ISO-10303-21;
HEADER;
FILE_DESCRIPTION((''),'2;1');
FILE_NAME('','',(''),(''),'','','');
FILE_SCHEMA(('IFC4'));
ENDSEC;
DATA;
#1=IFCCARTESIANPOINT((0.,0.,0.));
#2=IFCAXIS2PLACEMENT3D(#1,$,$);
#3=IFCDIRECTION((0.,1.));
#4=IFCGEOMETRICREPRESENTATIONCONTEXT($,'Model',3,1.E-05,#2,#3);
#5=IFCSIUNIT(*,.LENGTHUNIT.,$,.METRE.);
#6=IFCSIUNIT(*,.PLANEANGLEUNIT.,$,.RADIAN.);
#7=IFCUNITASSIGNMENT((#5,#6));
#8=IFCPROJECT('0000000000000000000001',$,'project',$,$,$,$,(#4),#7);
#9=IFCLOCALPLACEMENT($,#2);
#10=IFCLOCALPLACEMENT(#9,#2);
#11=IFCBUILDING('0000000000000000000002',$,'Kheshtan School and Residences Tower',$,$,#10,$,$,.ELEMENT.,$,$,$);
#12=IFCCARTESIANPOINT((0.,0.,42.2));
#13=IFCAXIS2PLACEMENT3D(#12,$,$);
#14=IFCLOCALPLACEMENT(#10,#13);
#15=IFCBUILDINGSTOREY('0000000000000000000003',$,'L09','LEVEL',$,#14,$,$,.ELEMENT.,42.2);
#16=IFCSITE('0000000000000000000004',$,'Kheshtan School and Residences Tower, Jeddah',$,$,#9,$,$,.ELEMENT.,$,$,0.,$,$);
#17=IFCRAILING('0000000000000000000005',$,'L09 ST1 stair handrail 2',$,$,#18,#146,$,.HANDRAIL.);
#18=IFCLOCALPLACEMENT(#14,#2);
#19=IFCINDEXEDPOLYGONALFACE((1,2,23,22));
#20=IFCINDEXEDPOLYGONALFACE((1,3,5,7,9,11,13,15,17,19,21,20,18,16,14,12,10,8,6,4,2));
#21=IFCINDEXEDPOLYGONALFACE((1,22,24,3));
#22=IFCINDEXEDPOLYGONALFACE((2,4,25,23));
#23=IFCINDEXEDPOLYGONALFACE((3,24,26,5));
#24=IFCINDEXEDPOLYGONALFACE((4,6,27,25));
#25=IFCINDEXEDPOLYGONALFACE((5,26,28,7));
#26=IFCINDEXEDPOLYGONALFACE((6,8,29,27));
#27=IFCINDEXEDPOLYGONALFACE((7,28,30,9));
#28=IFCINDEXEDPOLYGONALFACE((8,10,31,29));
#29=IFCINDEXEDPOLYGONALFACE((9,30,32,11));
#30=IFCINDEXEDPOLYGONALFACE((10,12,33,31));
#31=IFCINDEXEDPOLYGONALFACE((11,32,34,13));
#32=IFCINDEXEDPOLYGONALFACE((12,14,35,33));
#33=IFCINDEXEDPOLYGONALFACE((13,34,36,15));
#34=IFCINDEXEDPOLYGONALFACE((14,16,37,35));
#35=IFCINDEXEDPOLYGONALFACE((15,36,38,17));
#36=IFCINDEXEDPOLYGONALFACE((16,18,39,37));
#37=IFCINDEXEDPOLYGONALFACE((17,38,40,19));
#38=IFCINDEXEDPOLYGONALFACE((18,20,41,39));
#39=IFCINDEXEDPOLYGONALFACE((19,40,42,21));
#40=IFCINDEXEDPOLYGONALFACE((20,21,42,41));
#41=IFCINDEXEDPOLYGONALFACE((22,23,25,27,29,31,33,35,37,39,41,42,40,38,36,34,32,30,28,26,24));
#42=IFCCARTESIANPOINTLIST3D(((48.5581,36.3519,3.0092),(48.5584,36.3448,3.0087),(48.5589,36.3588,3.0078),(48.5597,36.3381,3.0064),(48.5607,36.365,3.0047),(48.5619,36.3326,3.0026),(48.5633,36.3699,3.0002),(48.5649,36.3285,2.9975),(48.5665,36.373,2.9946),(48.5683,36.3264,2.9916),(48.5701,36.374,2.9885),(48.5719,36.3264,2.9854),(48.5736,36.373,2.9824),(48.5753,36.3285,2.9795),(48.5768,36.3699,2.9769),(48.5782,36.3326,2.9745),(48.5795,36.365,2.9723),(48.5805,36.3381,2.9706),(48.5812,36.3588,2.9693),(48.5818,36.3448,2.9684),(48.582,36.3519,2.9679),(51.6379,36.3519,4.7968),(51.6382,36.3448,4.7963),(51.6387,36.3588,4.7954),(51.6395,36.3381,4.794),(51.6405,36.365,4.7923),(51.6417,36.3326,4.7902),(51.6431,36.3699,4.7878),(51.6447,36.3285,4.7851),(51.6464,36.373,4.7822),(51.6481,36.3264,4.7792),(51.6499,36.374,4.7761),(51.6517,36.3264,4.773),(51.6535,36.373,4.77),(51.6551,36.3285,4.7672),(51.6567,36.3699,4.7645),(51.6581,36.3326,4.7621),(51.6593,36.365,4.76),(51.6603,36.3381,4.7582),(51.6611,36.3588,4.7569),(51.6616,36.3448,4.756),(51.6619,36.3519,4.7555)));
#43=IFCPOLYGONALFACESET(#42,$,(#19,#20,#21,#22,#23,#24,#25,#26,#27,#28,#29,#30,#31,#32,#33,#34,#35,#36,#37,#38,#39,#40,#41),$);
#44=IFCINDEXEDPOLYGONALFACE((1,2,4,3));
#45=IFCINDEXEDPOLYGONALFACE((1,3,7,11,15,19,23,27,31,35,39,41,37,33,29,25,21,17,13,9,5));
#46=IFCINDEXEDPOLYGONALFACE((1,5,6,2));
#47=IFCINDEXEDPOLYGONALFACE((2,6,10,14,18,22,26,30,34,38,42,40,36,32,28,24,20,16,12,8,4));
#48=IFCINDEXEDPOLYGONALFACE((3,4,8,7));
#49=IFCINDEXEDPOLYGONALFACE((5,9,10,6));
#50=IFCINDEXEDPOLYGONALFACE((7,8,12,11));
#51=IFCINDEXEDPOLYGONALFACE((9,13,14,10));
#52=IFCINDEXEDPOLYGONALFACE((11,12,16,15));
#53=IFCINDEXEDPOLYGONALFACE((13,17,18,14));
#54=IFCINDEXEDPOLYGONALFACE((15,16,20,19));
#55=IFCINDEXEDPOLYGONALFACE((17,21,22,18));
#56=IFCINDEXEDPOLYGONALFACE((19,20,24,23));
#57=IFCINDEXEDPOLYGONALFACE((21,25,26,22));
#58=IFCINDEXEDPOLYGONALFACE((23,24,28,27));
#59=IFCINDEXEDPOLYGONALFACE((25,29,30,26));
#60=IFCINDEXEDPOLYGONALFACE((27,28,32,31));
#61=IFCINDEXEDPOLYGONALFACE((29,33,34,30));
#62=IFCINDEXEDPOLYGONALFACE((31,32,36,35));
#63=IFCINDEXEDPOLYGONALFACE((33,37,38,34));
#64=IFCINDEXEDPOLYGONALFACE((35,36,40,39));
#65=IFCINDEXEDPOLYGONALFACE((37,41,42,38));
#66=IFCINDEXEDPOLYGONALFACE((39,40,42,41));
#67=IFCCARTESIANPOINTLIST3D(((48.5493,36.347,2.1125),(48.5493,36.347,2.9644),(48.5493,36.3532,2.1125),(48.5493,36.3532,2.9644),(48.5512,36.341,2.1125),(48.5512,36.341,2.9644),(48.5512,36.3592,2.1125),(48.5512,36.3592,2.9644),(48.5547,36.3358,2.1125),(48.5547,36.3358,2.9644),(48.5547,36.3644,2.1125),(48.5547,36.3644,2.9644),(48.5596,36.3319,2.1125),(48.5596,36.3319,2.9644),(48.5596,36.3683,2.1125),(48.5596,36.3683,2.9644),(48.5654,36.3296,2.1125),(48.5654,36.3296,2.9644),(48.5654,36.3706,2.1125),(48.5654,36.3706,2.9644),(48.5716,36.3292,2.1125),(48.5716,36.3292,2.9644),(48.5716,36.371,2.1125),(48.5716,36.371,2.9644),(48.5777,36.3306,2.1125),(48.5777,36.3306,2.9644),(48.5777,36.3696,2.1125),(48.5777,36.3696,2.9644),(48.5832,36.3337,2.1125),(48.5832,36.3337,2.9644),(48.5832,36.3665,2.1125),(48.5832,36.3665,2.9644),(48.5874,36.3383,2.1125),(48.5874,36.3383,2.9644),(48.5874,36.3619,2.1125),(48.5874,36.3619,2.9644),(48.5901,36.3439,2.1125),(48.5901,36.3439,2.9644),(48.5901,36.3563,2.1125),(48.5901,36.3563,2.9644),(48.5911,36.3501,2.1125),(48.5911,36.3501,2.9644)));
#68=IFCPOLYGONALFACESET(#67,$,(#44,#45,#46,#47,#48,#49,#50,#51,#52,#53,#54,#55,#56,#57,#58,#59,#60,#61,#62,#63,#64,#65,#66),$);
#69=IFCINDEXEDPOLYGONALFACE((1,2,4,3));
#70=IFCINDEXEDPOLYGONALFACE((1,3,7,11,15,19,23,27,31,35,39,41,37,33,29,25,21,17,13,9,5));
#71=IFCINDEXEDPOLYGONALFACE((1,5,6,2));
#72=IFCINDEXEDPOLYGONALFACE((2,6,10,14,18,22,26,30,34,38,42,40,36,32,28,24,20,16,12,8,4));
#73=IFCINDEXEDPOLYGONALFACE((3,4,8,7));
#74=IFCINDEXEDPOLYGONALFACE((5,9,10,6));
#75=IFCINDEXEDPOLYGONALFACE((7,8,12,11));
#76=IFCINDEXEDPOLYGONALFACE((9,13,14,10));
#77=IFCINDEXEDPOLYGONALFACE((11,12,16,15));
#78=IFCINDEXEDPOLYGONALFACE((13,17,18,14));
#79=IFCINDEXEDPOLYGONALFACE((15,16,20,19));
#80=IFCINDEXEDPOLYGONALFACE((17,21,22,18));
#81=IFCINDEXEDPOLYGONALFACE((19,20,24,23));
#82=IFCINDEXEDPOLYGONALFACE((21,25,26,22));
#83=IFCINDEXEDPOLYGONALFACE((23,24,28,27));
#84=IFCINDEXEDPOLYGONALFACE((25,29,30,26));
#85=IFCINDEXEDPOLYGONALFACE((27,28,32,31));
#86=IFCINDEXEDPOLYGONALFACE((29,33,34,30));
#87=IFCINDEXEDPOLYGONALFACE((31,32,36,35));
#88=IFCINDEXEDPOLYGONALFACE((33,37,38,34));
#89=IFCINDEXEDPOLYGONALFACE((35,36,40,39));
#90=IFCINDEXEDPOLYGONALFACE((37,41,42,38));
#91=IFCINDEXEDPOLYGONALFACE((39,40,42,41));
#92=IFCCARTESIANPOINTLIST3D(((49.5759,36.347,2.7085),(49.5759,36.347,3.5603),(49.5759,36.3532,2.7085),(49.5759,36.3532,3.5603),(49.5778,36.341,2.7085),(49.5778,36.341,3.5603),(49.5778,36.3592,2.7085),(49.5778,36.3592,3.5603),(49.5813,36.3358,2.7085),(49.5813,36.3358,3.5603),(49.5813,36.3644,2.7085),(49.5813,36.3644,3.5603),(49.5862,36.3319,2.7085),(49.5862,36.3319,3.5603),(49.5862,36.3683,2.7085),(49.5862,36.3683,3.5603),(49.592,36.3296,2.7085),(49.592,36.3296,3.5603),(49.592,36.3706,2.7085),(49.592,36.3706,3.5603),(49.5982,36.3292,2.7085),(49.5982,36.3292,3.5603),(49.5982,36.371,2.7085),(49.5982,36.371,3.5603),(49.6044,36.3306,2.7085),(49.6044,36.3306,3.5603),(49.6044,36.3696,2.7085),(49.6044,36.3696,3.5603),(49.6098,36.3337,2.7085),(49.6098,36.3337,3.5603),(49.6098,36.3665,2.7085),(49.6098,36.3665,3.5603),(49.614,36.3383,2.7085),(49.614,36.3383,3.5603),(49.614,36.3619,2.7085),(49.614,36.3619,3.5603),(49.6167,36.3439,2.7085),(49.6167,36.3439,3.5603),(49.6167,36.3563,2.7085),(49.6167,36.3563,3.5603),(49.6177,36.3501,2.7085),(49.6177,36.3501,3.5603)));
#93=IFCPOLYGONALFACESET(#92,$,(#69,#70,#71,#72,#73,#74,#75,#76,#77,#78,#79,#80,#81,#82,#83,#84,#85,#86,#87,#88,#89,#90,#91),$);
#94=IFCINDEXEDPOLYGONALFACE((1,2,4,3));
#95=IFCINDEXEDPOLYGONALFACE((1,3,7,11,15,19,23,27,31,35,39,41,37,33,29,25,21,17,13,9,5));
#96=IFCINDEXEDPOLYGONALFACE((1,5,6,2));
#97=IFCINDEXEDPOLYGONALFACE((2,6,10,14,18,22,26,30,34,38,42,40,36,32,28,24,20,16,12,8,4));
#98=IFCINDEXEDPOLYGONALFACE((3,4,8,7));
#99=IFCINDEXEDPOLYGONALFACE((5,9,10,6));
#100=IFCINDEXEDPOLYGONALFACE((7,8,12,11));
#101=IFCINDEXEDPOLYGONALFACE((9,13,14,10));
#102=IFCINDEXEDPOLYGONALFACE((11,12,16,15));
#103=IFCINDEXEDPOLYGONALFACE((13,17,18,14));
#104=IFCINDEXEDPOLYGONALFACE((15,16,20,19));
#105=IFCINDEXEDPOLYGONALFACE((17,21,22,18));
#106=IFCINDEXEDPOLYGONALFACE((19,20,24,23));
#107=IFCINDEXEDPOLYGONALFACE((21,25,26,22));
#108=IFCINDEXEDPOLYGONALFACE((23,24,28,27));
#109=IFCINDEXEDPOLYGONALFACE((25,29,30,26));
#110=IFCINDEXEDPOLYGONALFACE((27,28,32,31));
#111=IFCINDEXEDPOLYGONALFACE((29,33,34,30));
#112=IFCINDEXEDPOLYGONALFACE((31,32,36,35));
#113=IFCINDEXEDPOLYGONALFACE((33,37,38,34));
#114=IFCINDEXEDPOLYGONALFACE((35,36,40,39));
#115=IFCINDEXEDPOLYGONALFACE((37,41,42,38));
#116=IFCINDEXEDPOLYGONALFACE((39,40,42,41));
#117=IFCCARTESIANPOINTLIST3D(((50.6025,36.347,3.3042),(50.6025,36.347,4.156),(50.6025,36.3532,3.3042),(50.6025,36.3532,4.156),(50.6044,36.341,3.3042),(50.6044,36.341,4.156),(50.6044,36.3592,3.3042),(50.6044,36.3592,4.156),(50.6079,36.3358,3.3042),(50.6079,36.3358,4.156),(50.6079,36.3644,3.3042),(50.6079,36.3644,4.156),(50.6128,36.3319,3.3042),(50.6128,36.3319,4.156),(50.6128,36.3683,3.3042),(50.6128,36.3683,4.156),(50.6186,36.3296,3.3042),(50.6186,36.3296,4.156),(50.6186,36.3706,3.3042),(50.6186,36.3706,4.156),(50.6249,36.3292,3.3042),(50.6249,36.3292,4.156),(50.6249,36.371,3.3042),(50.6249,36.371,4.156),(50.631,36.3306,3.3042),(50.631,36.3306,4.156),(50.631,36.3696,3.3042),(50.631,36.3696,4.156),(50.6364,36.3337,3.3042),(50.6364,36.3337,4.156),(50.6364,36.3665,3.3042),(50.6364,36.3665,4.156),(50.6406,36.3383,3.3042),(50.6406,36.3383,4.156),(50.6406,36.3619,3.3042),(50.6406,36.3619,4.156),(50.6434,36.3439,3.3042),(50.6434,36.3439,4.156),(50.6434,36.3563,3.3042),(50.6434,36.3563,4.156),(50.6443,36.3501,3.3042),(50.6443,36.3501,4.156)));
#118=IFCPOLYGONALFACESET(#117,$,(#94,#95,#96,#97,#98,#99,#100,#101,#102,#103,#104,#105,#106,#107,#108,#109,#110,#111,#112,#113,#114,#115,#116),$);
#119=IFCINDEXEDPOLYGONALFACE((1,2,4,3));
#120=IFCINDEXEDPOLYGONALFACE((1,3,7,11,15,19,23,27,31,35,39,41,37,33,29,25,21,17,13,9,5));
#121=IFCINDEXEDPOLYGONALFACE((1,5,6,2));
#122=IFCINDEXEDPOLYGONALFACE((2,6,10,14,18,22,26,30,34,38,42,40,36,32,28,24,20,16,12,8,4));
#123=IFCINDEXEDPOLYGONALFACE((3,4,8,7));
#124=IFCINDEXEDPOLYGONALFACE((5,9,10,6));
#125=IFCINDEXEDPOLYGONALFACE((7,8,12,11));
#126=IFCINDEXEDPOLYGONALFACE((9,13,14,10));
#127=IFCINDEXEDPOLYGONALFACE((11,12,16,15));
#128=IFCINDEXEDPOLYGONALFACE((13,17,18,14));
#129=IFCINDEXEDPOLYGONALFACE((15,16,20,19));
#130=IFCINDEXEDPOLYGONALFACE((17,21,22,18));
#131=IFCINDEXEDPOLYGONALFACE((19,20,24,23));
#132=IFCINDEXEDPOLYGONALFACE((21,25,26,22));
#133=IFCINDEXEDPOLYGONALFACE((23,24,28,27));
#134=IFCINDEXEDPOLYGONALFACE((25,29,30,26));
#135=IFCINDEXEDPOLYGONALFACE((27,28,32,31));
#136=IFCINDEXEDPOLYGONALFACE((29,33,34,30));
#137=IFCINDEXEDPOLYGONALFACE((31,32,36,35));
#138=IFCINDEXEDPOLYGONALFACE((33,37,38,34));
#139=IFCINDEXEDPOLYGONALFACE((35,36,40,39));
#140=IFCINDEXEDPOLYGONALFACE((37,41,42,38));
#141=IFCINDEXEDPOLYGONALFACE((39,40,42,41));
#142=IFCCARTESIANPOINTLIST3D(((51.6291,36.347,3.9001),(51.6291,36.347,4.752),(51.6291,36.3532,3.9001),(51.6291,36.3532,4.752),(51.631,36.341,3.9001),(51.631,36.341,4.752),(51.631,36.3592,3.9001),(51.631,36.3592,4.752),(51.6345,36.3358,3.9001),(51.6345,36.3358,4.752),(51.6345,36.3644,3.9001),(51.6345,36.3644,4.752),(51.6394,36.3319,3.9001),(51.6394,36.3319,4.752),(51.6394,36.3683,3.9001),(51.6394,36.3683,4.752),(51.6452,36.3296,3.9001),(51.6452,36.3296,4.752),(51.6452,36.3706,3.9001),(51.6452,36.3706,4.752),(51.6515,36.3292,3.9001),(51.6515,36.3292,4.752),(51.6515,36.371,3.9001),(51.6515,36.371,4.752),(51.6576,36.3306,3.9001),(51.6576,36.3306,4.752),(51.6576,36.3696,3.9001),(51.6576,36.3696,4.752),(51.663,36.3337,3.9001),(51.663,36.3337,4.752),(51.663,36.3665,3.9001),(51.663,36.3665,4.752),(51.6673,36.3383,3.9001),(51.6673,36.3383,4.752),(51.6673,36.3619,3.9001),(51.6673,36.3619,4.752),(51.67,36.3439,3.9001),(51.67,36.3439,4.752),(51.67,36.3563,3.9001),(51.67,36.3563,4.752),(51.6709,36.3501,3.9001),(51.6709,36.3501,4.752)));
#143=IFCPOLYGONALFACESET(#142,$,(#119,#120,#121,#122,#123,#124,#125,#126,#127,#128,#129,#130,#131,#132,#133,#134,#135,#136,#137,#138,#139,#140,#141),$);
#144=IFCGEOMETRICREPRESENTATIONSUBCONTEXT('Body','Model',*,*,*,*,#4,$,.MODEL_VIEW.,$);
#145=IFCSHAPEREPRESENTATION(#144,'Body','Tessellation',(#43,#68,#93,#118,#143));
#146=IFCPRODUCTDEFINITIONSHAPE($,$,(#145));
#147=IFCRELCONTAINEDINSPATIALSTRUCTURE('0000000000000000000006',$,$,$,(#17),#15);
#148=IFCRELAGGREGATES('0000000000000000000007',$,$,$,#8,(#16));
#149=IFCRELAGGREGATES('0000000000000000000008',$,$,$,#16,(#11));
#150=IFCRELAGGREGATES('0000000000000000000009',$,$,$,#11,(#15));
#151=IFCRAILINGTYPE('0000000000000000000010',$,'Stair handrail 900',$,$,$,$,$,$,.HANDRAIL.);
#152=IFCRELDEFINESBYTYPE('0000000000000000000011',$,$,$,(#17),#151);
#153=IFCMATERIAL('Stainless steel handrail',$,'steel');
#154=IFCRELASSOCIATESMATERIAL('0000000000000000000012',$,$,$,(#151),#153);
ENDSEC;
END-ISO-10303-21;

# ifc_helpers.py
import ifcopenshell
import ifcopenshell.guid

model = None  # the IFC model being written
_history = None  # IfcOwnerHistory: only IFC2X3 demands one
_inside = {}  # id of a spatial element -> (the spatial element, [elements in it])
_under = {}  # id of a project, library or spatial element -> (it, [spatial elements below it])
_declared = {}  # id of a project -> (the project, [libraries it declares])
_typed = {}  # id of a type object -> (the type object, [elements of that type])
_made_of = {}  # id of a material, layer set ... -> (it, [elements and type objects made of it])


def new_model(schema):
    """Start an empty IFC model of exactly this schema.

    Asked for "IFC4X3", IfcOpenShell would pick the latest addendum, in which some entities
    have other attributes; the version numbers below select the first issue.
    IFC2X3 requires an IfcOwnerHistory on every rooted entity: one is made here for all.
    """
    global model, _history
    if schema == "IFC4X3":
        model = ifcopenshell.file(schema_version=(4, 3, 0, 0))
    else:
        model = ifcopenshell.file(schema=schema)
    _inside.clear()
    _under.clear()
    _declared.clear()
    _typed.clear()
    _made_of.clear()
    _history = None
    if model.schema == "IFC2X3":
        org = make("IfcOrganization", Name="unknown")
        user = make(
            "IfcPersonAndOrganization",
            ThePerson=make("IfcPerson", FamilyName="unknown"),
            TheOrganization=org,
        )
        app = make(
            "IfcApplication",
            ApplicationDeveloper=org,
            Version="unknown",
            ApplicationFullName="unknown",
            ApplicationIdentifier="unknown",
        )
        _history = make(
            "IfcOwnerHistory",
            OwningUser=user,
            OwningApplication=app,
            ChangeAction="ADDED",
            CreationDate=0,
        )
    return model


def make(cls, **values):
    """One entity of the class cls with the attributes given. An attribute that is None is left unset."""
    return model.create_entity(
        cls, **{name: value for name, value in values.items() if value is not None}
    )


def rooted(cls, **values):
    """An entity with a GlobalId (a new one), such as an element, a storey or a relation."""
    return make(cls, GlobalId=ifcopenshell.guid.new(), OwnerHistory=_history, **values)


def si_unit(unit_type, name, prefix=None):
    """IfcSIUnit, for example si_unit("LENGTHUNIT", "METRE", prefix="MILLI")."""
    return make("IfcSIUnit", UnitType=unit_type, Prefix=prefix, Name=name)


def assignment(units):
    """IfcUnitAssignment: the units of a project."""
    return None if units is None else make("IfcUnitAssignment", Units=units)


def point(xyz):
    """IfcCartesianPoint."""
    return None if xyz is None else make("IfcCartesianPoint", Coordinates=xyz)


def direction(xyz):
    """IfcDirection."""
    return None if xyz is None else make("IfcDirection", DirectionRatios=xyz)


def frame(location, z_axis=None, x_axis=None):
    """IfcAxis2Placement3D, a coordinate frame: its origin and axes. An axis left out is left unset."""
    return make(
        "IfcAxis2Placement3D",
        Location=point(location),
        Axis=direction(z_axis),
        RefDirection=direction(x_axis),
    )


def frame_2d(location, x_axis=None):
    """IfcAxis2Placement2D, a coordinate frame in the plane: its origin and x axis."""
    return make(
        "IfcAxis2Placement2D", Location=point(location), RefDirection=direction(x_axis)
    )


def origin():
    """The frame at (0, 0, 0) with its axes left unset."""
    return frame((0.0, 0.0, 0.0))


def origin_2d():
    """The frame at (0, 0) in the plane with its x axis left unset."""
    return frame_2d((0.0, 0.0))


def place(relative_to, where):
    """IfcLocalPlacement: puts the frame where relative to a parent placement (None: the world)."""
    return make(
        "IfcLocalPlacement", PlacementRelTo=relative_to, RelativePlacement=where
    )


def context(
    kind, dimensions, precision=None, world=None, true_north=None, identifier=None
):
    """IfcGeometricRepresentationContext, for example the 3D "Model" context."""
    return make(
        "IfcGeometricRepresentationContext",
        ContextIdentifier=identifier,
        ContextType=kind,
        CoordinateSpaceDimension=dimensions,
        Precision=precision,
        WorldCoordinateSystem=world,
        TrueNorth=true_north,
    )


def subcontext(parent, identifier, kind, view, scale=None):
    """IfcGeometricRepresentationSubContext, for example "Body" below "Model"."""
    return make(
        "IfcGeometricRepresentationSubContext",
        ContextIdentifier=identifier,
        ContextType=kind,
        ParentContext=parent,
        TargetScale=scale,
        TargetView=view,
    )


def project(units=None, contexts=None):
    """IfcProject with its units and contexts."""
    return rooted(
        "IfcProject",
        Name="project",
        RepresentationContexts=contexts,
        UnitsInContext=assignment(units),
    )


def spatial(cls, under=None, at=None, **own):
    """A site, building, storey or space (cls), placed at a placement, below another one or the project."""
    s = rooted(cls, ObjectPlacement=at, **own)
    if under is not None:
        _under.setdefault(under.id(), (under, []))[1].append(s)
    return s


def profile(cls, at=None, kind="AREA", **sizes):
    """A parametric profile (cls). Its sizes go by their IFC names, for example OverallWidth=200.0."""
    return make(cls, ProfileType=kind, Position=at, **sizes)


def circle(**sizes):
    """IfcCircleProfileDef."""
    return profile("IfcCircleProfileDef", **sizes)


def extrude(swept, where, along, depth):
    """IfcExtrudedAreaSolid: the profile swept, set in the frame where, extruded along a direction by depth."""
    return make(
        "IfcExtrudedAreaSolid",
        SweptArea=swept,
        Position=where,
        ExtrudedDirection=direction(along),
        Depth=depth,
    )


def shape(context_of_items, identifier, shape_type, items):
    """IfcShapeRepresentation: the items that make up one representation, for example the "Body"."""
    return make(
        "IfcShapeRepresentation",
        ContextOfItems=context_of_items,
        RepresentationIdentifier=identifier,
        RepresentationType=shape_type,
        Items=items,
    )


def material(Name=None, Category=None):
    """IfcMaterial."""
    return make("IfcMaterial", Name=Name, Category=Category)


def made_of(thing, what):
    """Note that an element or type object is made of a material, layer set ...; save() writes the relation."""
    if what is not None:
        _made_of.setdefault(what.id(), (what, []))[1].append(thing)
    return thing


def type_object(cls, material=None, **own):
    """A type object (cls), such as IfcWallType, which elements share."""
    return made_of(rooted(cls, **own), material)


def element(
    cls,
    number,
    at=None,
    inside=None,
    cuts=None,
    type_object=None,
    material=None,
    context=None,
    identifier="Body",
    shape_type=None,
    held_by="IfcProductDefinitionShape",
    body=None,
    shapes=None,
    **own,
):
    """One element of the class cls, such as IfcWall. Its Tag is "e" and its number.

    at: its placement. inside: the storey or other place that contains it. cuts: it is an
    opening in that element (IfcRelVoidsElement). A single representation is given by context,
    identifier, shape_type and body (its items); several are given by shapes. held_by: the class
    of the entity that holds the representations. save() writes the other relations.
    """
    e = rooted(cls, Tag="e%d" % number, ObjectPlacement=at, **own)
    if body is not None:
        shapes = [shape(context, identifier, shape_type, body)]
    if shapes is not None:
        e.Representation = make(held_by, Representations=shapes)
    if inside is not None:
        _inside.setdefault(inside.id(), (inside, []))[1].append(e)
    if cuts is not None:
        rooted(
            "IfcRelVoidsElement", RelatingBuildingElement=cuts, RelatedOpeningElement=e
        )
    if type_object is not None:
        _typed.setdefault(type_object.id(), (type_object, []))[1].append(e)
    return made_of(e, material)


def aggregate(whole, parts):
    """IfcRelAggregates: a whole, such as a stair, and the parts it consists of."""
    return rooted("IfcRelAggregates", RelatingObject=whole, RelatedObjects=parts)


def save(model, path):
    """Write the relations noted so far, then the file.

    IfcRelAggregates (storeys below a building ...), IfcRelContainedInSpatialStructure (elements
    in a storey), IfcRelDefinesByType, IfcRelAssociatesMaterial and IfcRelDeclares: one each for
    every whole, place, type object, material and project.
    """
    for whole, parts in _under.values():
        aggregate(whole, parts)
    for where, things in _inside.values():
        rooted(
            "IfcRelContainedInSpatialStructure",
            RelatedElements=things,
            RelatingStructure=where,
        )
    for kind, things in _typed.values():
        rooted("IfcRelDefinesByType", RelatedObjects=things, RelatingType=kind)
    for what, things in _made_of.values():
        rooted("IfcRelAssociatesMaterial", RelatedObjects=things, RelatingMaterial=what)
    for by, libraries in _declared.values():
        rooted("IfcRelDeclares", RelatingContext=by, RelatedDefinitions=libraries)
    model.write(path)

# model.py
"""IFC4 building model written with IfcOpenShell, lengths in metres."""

from ifc_helpers import new_model, si_unit, direction, frame, origin, origin_2d, place, context, subcontext, project, spatial, circle, extrude, material, type_object, element, save


model = new_model("IFC4")

# Units and contexts
model_context = context("Model", 3, precision=1e-05, world=origin(), true_north=direction((0.0, 1.0)))
body_context = subcontext(model_context, "Body", "Model", "MODEL_VIEW")
ifc_project = project(units=[si_unit("LENGTHUNIT", "METRE"), si_unit("PLANEANGLEUNIT", "RADIAN")], contexts=[model_context])

# Site, building, storey
site_placement = place(None, origin())
site = spatial("IfcSite", under=ifc_project, at=site_placement, Name="Kheshtan School and Residences Tower, Jeddah", CompositionType="ELEMENT", RefElevation=0.0)
building_placement = place(site_placement, origin())
building = spatial("IfcBuilding", under=site, at=building_placement, Name="Kheshtan School and Residences Tower", CompositionType="ELEMENT")
storey_placement = place(building_placement, frame((0.0, 0.0, 42.2)))
storey = spatial("IfcBuildingStorey", under=building, at=storey_placement, Name="L09", Description="LEVEL", CompositionType="ELEMENT", Elevation=42.2)

# Railing
ifc_material_1 = material(Name="Stainless steel handrail", Category="steel")
railing_type = type_object("IfcRailingType", Name="Stair handrail 900", PredefinedType="HANDRAIL", material=ifc_material_1)
railing_placement = place(storey_placement, frame((48.5701, 36.3501, 2.1125)))
element("IfcRailing", 1, at=railing_placement, inside=storey, type_object=railing_type, Name="L09 ST1 stair handrail 2", PredefinedType="HANDRAIL", context=body_context, shape_type="SweptSolid", body=[
    extrude(circle(Radius=0.0239, at=origin_2d()), frame((0.0, 0.0, 0.876), z_axis=(0.864873, 0.0, 0.50199), x_axis=(0.0, 1.0, 0.0)), (0.0, 0.0, 1.0), 3.561),
    extrude(circle(Radius=0.021, at=origin_2d()), origin(), (0.0, 0.0, 1.0), 0.8518),
    extrude(circle(Radius=0.021, at=origin_2d()), frame((1.0266, 0.0, 0.5959)), (0.0, 0.0, 1.0), 0.8518),
    extrude(circle(Radius=0.021, at=origin_2d()), frame((2.0532, 0.0, 1.1917)), (0.0, 0.0, 1.0), 0.8518),
    extrude(circle(Radius=0.021, at=origin_2d()), frame((3.0798, 0.0, 1.7876)), (0.0, 0.0, 1.0), 0.8518),
])

save(model, "model.ifc")
